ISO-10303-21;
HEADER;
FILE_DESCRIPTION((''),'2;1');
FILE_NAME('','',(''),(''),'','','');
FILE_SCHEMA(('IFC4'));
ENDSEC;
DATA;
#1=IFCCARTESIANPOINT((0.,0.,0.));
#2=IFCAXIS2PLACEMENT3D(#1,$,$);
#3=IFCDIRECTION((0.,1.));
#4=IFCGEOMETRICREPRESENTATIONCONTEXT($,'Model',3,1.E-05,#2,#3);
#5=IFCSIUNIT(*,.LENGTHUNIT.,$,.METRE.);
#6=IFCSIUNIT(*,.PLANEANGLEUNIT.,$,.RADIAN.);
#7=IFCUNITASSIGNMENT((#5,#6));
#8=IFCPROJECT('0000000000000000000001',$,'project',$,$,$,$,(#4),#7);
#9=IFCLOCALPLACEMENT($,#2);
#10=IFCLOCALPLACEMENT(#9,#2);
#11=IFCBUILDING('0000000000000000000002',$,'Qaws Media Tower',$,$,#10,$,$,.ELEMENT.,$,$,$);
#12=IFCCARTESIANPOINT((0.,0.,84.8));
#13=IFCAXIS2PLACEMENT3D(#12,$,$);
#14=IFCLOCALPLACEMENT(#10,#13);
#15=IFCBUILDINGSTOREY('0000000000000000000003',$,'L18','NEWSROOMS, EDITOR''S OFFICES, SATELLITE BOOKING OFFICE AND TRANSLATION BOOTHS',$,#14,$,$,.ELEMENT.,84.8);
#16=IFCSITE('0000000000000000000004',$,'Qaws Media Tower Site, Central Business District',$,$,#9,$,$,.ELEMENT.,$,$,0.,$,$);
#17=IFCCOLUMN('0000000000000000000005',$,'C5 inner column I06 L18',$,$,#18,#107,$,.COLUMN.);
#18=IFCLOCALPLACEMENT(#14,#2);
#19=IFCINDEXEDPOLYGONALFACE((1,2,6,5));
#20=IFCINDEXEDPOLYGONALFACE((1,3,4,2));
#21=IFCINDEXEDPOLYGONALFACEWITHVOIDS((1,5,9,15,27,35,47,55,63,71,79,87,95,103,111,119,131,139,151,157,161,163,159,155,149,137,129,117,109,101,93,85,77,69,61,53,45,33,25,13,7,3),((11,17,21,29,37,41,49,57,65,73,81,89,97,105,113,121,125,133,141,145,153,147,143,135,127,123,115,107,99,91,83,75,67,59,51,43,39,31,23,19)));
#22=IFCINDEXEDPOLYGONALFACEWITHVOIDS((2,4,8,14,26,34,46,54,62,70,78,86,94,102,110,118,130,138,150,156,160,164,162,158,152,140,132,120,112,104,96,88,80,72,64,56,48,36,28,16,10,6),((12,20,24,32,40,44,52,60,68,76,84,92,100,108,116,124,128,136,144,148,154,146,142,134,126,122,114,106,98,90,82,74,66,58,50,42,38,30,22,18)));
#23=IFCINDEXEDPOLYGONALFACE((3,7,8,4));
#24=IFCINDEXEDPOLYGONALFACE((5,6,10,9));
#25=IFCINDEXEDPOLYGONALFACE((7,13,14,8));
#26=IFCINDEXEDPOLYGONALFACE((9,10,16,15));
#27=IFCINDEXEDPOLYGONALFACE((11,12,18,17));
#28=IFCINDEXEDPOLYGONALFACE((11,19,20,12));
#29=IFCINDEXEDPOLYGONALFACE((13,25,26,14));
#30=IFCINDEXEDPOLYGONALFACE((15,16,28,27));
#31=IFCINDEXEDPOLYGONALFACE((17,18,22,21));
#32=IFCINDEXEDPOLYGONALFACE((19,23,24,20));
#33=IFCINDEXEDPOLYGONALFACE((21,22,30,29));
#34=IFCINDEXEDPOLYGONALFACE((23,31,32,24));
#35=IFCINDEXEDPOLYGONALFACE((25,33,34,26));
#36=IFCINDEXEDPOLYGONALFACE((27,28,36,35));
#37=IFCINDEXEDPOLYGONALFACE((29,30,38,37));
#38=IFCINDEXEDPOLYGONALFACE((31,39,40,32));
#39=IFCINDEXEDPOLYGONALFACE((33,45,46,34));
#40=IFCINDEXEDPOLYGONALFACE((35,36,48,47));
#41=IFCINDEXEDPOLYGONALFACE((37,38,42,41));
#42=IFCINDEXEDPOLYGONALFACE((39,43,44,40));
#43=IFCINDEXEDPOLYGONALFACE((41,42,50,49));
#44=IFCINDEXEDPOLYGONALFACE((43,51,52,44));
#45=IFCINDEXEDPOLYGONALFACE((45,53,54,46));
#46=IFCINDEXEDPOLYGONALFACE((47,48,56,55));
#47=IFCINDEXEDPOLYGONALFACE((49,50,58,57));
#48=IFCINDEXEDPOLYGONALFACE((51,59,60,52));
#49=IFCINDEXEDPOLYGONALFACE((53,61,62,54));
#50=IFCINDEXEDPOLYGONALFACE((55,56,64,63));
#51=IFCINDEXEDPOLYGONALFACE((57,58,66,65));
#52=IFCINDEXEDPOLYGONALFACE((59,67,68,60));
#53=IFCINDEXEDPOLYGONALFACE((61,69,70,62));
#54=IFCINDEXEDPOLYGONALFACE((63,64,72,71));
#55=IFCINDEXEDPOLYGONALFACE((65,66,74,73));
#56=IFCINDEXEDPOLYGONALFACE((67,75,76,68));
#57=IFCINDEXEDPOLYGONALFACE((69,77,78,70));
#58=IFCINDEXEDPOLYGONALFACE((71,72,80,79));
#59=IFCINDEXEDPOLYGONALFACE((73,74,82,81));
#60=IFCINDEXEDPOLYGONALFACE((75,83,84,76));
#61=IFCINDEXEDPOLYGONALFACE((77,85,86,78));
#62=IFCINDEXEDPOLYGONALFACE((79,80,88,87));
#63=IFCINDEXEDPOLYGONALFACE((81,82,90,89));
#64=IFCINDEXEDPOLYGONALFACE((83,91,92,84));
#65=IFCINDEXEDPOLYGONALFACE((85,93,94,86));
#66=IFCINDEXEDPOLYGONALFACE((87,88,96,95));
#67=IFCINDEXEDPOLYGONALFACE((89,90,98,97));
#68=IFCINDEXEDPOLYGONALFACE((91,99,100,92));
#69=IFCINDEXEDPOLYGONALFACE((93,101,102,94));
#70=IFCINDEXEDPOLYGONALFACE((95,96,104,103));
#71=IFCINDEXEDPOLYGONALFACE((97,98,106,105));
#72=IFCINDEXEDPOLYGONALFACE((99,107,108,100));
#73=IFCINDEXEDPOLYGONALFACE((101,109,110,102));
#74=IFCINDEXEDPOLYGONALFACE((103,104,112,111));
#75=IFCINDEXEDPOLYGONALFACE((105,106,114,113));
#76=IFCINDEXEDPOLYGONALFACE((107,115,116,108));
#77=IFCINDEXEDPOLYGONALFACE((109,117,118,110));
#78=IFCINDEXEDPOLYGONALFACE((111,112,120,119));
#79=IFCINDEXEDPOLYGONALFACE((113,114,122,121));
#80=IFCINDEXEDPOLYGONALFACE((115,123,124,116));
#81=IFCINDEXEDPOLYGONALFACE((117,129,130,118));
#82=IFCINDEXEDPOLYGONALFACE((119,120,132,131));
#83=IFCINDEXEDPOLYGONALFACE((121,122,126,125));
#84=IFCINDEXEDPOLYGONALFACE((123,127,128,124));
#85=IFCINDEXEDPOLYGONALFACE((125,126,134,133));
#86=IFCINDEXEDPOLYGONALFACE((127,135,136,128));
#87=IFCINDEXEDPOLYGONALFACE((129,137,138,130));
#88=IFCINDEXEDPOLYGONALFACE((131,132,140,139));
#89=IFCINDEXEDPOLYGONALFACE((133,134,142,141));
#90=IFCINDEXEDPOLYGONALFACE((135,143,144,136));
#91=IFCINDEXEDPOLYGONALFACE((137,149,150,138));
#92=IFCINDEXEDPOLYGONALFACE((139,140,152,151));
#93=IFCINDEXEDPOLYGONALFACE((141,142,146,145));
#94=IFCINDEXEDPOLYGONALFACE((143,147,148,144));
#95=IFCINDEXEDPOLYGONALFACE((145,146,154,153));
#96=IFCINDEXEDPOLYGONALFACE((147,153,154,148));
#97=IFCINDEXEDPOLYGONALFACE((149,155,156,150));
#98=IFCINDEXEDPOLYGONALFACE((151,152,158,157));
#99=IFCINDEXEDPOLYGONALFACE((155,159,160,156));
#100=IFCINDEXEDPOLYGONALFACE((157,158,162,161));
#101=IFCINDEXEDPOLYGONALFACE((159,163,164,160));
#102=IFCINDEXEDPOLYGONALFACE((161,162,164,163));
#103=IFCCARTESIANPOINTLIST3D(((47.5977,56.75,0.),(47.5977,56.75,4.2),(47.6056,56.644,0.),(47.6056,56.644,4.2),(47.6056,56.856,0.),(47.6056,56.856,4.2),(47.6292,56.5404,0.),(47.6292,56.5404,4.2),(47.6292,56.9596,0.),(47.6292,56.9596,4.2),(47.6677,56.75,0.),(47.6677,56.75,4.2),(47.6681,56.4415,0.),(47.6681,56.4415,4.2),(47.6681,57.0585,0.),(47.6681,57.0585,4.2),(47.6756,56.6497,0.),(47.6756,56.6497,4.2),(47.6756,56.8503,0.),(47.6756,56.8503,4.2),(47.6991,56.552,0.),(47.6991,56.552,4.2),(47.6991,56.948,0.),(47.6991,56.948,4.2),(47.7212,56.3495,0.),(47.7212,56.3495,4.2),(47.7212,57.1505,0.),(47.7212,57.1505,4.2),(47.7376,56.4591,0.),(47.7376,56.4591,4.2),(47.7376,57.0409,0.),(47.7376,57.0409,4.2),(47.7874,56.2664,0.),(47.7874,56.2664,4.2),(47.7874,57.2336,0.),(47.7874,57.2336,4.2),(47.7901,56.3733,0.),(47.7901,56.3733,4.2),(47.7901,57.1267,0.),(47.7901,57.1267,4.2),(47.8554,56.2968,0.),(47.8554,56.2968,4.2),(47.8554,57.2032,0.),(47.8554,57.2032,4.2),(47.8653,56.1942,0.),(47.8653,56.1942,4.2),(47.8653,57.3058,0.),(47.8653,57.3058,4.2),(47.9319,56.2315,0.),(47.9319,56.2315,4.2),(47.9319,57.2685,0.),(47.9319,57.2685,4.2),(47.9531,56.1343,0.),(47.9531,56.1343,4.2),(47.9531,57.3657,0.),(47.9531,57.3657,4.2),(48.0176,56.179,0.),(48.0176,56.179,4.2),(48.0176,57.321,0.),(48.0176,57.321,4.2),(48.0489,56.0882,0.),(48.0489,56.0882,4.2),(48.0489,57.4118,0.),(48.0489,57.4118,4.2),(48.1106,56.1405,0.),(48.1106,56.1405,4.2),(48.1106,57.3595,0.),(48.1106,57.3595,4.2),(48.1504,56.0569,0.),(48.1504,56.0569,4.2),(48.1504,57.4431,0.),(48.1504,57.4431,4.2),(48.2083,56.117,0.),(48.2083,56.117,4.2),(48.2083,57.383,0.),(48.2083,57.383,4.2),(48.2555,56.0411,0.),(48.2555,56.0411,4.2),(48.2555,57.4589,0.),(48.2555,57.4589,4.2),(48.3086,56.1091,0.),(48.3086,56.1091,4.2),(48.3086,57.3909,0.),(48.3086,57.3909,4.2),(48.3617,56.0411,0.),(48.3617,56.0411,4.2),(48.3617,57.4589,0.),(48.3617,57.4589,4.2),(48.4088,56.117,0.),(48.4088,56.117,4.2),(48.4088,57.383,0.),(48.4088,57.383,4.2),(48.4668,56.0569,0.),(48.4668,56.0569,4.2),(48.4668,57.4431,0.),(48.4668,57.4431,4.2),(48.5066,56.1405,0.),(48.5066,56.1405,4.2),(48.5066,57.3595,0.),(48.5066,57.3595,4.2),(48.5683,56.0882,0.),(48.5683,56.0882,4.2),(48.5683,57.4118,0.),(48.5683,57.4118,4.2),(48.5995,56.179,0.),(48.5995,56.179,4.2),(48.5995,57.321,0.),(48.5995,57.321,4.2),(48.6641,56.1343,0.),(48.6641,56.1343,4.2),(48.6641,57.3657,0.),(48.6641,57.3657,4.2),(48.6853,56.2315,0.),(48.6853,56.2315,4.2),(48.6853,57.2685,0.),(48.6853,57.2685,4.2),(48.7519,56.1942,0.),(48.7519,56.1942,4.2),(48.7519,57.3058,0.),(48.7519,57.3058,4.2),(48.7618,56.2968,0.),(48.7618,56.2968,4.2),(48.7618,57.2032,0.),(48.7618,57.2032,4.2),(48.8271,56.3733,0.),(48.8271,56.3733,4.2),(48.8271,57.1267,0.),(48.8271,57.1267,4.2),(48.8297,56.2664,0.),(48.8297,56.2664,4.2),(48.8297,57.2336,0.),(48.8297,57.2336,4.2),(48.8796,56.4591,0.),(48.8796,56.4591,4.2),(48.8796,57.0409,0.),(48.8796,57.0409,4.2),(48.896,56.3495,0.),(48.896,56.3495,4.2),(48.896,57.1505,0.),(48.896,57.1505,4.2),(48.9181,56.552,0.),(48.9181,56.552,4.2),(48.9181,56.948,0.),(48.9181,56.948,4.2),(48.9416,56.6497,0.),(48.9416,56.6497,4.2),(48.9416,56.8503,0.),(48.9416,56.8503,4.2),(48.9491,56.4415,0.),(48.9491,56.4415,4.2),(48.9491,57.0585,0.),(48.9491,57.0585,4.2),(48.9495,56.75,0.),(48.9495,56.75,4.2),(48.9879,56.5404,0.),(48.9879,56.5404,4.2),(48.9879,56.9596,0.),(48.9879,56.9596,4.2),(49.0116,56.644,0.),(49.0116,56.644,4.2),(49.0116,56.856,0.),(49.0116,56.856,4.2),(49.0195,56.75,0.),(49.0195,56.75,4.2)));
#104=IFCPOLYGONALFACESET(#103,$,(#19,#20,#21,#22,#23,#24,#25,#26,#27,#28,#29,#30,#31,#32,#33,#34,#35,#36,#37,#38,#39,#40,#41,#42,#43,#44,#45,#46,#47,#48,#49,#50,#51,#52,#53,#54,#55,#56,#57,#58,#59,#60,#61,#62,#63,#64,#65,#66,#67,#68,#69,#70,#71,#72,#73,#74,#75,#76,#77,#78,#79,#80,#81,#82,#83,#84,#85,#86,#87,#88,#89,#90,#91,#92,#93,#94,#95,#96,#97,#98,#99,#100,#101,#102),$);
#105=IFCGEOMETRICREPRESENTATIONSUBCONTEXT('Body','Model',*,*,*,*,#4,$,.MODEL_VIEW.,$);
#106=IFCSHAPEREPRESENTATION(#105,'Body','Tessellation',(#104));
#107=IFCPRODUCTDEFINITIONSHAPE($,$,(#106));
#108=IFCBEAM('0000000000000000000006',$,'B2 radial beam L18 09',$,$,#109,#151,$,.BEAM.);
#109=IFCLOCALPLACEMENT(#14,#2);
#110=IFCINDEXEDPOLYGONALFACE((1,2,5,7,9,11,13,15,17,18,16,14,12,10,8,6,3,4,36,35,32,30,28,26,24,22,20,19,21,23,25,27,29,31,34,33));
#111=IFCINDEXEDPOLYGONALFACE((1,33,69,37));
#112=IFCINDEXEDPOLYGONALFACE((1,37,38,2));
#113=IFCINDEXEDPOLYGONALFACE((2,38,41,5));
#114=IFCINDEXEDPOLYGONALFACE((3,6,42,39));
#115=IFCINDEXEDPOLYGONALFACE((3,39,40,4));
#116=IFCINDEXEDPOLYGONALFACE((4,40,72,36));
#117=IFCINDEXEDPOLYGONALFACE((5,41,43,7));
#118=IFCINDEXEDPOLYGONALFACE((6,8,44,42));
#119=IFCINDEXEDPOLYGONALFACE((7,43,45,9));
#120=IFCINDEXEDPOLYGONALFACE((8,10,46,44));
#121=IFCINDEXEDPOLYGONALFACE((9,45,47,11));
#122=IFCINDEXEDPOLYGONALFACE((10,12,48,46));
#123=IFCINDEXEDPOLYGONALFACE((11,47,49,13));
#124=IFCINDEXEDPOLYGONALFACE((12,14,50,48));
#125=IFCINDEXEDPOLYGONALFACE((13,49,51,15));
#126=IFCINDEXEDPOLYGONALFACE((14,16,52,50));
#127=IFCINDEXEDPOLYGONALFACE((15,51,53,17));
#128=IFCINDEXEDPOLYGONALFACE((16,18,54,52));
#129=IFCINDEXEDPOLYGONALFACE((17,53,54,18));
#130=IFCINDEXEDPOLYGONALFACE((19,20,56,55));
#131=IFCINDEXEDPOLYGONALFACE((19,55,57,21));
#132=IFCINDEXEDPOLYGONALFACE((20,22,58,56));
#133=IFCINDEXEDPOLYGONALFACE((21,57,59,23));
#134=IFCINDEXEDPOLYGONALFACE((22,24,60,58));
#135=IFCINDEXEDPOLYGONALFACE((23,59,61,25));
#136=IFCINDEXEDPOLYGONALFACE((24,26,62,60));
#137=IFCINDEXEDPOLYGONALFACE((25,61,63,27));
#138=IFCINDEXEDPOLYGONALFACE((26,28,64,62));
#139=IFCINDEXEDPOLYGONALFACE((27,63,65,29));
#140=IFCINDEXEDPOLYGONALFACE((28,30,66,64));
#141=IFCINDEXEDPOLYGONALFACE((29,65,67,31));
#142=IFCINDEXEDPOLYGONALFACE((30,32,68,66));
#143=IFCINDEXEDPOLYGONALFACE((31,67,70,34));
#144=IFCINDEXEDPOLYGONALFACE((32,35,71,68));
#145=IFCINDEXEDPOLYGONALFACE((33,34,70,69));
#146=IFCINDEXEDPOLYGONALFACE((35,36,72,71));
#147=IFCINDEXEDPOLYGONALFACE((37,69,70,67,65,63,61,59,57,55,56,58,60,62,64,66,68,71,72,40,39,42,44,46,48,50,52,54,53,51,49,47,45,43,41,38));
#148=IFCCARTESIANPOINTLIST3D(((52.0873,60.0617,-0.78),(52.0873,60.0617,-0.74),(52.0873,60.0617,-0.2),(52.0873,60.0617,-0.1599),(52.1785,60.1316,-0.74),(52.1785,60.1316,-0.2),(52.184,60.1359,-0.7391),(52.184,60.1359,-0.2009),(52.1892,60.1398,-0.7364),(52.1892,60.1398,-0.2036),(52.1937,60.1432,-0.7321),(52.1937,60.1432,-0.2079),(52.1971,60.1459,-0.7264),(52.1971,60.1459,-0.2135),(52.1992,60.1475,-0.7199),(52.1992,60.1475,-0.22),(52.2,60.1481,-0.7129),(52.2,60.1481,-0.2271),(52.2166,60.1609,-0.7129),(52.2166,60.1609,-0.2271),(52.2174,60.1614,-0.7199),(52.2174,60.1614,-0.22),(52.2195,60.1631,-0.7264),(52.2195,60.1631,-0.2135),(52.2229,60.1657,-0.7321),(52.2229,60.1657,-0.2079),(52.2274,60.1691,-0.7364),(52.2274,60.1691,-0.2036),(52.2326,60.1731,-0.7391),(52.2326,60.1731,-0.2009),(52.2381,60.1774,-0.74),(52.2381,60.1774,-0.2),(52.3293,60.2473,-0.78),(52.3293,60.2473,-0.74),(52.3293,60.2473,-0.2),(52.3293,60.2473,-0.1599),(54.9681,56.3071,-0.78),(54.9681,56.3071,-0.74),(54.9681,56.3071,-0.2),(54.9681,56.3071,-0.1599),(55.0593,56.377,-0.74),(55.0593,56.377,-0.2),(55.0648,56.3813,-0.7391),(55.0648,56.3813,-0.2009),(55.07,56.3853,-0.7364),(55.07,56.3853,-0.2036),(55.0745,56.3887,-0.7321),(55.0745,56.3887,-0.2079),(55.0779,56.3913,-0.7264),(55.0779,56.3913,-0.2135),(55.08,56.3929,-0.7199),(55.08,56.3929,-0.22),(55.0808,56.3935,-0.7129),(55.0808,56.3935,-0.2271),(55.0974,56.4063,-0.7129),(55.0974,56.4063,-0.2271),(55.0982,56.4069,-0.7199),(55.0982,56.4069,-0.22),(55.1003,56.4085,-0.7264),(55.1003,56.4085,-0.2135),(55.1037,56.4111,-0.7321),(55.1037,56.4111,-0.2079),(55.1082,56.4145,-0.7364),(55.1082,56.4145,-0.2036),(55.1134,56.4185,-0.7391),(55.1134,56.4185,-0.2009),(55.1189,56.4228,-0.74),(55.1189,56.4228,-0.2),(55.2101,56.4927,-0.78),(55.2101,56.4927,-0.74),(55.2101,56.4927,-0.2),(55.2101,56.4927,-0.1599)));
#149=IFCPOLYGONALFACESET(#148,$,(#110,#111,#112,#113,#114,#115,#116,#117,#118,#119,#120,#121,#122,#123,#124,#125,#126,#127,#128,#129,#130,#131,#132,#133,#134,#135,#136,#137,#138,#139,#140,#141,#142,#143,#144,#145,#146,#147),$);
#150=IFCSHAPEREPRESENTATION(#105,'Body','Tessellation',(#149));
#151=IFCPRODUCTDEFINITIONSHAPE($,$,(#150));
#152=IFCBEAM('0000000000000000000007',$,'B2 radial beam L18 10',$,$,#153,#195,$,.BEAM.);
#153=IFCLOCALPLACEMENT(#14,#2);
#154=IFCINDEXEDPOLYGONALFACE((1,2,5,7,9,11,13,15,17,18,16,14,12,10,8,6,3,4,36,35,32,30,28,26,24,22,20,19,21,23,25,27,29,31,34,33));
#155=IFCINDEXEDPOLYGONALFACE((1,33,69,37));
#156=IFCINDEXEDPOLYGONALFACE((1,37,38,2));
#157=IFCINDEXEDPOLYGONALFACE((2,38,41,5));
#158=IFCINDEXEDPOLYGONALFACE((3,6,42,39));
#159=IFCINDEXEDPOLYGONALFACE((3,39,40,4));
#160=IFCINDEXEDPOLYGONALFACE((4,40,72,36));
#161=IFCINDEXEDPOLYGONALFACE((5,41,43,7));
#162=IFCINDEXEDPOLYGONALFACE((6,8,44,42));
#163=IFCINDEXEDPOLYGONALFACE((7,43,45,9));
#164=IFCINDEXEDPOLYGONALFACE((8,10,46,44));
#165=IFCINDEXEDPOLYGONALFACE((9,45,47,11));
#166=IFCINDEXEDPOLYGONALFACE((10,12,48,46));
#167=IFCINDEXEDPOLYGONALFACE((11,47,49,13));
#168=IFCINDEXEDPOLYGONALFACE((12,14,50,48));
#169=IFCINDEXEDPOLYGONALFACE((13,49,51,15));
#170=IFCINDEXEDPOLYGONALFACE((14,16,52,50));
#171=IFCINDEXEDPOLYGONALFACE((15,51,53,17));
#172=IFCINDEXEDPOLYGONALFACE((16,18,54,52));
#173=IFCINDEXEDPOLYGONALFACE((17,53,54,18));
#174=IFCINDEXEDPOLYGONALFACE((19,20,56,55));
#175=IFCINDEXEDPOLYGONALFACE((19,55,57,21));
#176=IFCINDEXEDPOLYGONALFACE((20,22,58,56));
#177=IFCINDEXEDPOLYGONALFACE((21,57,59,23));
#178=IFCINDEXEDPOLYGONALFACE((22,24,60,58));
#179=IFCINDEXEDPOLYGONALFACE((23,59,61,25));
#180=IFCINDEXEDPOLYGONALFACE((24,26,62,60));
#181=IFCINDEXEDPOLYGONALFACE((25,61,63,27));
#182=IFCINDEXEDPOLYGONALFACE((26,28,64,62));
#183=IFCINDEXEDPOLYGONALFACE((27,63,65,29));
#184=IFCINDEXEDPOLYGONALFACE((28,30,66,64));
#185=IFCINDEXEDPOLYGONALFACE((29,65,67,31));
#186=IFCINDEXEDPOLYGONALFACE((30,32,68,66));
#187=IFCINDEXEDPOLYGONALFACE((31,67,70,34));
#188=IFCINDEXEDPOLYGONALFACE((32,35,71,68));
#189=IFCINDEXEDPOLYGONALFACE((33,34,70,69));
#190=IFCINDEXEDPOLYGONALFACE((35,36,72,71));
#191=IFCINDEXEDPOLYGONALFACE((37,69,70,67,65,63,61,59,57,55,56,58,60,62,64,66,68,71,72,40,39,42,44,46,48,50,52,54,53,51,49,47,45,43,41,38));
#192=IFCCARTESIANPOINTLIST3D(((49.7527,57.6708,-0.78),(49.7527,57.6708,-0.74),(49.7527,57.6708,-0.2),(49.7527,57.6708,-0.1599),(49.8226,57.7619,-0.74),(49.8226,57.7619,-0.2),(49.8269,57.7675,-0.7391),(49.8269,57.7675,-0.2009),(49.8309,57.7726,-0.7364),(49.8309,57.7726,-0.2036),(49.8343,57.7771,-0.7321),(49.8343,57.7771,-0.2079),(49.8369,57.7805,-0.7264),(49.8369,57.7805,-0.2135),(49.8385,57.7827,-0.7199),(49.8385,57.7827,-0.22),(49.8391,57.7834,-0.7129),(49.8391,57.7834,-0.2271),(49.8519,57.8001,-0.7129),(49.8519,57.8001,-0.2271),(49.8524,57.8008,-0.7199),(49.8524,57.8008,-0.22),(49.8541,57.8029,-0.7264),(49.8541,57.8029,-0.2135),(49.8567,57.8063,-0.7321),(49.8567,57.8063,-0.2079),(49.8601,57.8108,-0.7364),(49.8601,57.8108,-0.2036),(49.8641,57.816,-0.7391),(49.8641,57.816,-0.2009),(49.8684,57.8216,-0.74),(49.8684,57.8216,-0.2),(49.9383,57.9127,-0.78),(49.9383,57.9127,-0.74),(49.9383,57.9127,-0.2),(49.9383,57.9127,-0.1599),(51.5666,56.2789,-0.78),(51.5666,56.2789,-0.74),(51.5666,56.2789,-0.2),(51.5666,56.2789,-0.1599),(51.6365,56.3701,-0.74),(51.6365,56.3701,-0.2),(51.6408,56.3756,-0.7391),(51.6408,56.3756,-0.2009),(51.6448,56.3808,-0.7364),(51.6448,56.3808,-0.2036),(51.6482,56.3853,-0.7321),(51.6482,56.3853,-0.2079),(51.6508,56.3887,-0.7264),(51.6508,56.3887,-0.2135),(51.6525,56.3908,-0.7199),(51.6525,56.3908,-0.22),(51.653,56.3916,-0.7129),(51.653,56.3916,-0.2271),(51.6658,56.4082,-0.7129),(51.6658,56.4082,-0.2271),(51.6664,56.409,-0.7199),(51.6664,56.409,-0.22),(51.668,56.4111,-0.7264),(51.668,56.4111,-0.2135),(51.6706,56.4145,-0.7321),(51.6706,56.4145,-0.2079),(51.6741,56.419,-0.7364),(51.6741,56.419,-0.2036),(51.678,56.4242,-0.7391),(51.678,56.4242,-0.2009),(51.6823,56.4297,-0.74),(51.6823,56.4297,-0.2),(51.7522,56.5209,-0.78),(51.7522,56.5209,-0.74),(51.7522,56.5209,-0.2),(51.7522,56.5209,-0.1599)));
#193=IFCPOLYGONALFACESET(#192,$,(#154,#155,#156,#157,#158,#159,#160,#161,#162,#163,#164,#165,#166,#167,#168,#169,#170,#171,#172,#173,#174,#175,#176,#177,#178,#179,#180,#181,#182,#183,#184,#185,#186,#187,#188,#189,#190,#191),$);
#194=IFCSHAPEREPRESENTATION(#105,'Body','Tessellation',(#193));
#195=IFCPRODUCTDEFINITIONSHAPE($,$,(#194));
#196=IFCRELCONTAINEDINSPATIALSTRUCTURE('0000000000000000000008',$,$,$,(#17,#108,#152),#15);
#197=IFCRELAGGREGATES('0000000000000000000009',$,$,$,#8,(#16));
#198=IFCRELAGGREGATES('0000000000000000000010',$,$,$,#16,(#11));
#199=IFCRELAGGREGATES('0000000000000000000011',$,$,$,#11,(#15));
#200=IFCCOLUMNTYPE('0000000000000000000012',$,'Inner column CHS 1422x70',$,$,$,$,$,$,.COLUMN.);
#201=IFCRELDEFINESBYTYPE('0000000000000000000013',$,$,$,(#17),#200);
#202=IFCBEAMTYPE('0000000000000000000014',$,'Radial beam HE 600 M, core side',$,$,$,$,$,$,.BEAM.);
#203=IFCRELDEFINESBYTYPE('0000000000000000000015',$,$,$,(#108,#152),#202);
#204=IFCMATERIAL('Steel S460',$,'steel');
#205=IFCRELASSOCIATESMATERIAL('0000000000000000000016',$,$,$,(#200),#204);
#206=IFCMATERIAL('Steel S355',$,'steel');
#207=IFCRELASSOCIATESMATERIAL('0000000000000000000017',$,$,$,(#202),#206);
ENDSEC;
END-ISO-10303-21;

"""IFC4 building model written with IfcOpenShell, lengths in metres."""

from ifc_helpers import new_model, si_unit, direction, frame, origin, origin_2d, place, context, subcontext, project, spatial, hollow_circle, i_section, extrude, material, material_profile, profile_set, type_object, element, save


model = new_model("IFC4")

# Units and contexts
model_context = context("Model", 3, precision=1e-05, world=origin(), true_north=direction((0.0, 1.0)))
body_context = subcontext(model_context, "Body", "Model", "MODEL_VIEW")
ifc_project = project(units=[si_unit("LENGTHUNIT", "METRE"), si_unit("PLANEANGLEUNIT", "RADIAN")], contexts=[model_context])

# Site, building, storey
site_placement = place(None, origin())
site = spatial("IfcSite", under=ifc_project, at=site_placement, Name="Qaws Media Tower Site, Central Business District", CompositionType="ELEMENT", RefElevation=0.0)
building_placement = place(site_placement, origin())
building = spatial("IfcBuilding", under=site, at=building_placement, Name="Qaws Media Tower", CompositionType="ELEMENT")
storey_placement = place(building_placement, frame((0.0, 0.0, 84.8)))
storey = spatial("IfcBuildingStorey", under=building, at=storey_placement, Name="L18", Description="NEWSROOMS, EDITOR'S OFFICES, SATELLITE BOOKING OFFICE AND TRANSLATION BOOTHS", CompositionType="ELEMENT", Elevation=84.8)

# Column
ifc_material_1 = material(Name="Steel S460", Category="steel")
ifc_material_profile_1 = material_profile(ifc_material_1, hollow_circle(Radius=0.7109, WallThickness=0.0701, at=origin_2d()), Name="CHS 1422x70")
ifc_profile_set_1 = profile_set([ifc_material_profile_1], Name="Steel S460")
column_type = type_object("IfcColumnType", Name="Inner column CHS 1422x70", PredefinedType="COLUMN", material=ifc_profile_set_1)
column_placement = place(storey_placement, frame((48.3086, 56.75, 0.0), z_axis=(0.0, 0.0, 1.0), x_axis=(1.0, 0.0, 0.0)))
element("IfcColumn", 1, at=column_placement, inside=storey, type_object=column_type, Name="C5 inner column I06 L18", PredefinedType="COLUMN", context=body_context, shape_type="SweptSolid", body=[
    extrude(hollow_circle(Radius=0.7109, WallThickness=0.0701, at=origin_2d()), origin(), (0.0, 0.0, 1.0), 4.2),
])

# Beams
ifc_material_2 = material(Name="Steel S355", Category="steel")
ifc_material_profile_2 = material_profile(ifc_material_2, i_section(OverallWidth=0.3049, OverallDepth=0.6201, WebThickness=0.021, FlangeThickness=0.04, FilletRadius=0.0271, at=origin_2d()), Name="HE 600 M")
ifc_profile_set_2 = profile_set([ifc_material_profile_2], Name="Steel S355")
beam_type_1 = type_object("IfcBeamType", Name="Radial beam HE 600 M, core side", PredefinedType="BEAM", material=ifc_profile_set_2)
beam_1_placement = place(storey_placement, frame((55.0891, 56.3999, -0.47), z_axis=(-0.608738, 0.793371, 0.0), x_axis=(-0.793371, -0.608738, 0.0)))
element("IfcBeam", 2, at=beam_1_placement, inside=storey, type_object=beam_type_1, Name="B2 radial beam L18 09", PredefinedType="BEAM", context=body_context, shape_type="SweptSolid", body=[
    extrude(i_section(OverallWidth=0.3049, OverallDepth=0.6201, WebThickness=0.021, FlangeThickness=0.04, FilletRadius=0.0271, at=origin_2d()), origin(), (0.0, 0.0, 1.0), 4.7324),
])
beam_2_placement = place(storey_placement, frame((51.6594, 56.3999, -0.47), z_axis=(-0.793366, 0.608745, 0.0), x_axis=(-0.608745, -0.793366, 0.0)))
element("IfcBeam", 3, at=beam_2_placement, inside=storey, type_object=beam_type_1, Name="B2 radial beam L18 10", PredefinedType="BEAM", context=body_context, shape_type="SweptSolid", body=[
    extrude(i_section(OverallWidth=0.3049, OverallDepth=0.6201, WebThickness=0.021, FlangeThickness=0.04, FilletRadius=0.0271, at=origin_2d()), origin(), (0.0, 0.0, 1.0), 2.2864),
])

save(model, "model.ifc")
